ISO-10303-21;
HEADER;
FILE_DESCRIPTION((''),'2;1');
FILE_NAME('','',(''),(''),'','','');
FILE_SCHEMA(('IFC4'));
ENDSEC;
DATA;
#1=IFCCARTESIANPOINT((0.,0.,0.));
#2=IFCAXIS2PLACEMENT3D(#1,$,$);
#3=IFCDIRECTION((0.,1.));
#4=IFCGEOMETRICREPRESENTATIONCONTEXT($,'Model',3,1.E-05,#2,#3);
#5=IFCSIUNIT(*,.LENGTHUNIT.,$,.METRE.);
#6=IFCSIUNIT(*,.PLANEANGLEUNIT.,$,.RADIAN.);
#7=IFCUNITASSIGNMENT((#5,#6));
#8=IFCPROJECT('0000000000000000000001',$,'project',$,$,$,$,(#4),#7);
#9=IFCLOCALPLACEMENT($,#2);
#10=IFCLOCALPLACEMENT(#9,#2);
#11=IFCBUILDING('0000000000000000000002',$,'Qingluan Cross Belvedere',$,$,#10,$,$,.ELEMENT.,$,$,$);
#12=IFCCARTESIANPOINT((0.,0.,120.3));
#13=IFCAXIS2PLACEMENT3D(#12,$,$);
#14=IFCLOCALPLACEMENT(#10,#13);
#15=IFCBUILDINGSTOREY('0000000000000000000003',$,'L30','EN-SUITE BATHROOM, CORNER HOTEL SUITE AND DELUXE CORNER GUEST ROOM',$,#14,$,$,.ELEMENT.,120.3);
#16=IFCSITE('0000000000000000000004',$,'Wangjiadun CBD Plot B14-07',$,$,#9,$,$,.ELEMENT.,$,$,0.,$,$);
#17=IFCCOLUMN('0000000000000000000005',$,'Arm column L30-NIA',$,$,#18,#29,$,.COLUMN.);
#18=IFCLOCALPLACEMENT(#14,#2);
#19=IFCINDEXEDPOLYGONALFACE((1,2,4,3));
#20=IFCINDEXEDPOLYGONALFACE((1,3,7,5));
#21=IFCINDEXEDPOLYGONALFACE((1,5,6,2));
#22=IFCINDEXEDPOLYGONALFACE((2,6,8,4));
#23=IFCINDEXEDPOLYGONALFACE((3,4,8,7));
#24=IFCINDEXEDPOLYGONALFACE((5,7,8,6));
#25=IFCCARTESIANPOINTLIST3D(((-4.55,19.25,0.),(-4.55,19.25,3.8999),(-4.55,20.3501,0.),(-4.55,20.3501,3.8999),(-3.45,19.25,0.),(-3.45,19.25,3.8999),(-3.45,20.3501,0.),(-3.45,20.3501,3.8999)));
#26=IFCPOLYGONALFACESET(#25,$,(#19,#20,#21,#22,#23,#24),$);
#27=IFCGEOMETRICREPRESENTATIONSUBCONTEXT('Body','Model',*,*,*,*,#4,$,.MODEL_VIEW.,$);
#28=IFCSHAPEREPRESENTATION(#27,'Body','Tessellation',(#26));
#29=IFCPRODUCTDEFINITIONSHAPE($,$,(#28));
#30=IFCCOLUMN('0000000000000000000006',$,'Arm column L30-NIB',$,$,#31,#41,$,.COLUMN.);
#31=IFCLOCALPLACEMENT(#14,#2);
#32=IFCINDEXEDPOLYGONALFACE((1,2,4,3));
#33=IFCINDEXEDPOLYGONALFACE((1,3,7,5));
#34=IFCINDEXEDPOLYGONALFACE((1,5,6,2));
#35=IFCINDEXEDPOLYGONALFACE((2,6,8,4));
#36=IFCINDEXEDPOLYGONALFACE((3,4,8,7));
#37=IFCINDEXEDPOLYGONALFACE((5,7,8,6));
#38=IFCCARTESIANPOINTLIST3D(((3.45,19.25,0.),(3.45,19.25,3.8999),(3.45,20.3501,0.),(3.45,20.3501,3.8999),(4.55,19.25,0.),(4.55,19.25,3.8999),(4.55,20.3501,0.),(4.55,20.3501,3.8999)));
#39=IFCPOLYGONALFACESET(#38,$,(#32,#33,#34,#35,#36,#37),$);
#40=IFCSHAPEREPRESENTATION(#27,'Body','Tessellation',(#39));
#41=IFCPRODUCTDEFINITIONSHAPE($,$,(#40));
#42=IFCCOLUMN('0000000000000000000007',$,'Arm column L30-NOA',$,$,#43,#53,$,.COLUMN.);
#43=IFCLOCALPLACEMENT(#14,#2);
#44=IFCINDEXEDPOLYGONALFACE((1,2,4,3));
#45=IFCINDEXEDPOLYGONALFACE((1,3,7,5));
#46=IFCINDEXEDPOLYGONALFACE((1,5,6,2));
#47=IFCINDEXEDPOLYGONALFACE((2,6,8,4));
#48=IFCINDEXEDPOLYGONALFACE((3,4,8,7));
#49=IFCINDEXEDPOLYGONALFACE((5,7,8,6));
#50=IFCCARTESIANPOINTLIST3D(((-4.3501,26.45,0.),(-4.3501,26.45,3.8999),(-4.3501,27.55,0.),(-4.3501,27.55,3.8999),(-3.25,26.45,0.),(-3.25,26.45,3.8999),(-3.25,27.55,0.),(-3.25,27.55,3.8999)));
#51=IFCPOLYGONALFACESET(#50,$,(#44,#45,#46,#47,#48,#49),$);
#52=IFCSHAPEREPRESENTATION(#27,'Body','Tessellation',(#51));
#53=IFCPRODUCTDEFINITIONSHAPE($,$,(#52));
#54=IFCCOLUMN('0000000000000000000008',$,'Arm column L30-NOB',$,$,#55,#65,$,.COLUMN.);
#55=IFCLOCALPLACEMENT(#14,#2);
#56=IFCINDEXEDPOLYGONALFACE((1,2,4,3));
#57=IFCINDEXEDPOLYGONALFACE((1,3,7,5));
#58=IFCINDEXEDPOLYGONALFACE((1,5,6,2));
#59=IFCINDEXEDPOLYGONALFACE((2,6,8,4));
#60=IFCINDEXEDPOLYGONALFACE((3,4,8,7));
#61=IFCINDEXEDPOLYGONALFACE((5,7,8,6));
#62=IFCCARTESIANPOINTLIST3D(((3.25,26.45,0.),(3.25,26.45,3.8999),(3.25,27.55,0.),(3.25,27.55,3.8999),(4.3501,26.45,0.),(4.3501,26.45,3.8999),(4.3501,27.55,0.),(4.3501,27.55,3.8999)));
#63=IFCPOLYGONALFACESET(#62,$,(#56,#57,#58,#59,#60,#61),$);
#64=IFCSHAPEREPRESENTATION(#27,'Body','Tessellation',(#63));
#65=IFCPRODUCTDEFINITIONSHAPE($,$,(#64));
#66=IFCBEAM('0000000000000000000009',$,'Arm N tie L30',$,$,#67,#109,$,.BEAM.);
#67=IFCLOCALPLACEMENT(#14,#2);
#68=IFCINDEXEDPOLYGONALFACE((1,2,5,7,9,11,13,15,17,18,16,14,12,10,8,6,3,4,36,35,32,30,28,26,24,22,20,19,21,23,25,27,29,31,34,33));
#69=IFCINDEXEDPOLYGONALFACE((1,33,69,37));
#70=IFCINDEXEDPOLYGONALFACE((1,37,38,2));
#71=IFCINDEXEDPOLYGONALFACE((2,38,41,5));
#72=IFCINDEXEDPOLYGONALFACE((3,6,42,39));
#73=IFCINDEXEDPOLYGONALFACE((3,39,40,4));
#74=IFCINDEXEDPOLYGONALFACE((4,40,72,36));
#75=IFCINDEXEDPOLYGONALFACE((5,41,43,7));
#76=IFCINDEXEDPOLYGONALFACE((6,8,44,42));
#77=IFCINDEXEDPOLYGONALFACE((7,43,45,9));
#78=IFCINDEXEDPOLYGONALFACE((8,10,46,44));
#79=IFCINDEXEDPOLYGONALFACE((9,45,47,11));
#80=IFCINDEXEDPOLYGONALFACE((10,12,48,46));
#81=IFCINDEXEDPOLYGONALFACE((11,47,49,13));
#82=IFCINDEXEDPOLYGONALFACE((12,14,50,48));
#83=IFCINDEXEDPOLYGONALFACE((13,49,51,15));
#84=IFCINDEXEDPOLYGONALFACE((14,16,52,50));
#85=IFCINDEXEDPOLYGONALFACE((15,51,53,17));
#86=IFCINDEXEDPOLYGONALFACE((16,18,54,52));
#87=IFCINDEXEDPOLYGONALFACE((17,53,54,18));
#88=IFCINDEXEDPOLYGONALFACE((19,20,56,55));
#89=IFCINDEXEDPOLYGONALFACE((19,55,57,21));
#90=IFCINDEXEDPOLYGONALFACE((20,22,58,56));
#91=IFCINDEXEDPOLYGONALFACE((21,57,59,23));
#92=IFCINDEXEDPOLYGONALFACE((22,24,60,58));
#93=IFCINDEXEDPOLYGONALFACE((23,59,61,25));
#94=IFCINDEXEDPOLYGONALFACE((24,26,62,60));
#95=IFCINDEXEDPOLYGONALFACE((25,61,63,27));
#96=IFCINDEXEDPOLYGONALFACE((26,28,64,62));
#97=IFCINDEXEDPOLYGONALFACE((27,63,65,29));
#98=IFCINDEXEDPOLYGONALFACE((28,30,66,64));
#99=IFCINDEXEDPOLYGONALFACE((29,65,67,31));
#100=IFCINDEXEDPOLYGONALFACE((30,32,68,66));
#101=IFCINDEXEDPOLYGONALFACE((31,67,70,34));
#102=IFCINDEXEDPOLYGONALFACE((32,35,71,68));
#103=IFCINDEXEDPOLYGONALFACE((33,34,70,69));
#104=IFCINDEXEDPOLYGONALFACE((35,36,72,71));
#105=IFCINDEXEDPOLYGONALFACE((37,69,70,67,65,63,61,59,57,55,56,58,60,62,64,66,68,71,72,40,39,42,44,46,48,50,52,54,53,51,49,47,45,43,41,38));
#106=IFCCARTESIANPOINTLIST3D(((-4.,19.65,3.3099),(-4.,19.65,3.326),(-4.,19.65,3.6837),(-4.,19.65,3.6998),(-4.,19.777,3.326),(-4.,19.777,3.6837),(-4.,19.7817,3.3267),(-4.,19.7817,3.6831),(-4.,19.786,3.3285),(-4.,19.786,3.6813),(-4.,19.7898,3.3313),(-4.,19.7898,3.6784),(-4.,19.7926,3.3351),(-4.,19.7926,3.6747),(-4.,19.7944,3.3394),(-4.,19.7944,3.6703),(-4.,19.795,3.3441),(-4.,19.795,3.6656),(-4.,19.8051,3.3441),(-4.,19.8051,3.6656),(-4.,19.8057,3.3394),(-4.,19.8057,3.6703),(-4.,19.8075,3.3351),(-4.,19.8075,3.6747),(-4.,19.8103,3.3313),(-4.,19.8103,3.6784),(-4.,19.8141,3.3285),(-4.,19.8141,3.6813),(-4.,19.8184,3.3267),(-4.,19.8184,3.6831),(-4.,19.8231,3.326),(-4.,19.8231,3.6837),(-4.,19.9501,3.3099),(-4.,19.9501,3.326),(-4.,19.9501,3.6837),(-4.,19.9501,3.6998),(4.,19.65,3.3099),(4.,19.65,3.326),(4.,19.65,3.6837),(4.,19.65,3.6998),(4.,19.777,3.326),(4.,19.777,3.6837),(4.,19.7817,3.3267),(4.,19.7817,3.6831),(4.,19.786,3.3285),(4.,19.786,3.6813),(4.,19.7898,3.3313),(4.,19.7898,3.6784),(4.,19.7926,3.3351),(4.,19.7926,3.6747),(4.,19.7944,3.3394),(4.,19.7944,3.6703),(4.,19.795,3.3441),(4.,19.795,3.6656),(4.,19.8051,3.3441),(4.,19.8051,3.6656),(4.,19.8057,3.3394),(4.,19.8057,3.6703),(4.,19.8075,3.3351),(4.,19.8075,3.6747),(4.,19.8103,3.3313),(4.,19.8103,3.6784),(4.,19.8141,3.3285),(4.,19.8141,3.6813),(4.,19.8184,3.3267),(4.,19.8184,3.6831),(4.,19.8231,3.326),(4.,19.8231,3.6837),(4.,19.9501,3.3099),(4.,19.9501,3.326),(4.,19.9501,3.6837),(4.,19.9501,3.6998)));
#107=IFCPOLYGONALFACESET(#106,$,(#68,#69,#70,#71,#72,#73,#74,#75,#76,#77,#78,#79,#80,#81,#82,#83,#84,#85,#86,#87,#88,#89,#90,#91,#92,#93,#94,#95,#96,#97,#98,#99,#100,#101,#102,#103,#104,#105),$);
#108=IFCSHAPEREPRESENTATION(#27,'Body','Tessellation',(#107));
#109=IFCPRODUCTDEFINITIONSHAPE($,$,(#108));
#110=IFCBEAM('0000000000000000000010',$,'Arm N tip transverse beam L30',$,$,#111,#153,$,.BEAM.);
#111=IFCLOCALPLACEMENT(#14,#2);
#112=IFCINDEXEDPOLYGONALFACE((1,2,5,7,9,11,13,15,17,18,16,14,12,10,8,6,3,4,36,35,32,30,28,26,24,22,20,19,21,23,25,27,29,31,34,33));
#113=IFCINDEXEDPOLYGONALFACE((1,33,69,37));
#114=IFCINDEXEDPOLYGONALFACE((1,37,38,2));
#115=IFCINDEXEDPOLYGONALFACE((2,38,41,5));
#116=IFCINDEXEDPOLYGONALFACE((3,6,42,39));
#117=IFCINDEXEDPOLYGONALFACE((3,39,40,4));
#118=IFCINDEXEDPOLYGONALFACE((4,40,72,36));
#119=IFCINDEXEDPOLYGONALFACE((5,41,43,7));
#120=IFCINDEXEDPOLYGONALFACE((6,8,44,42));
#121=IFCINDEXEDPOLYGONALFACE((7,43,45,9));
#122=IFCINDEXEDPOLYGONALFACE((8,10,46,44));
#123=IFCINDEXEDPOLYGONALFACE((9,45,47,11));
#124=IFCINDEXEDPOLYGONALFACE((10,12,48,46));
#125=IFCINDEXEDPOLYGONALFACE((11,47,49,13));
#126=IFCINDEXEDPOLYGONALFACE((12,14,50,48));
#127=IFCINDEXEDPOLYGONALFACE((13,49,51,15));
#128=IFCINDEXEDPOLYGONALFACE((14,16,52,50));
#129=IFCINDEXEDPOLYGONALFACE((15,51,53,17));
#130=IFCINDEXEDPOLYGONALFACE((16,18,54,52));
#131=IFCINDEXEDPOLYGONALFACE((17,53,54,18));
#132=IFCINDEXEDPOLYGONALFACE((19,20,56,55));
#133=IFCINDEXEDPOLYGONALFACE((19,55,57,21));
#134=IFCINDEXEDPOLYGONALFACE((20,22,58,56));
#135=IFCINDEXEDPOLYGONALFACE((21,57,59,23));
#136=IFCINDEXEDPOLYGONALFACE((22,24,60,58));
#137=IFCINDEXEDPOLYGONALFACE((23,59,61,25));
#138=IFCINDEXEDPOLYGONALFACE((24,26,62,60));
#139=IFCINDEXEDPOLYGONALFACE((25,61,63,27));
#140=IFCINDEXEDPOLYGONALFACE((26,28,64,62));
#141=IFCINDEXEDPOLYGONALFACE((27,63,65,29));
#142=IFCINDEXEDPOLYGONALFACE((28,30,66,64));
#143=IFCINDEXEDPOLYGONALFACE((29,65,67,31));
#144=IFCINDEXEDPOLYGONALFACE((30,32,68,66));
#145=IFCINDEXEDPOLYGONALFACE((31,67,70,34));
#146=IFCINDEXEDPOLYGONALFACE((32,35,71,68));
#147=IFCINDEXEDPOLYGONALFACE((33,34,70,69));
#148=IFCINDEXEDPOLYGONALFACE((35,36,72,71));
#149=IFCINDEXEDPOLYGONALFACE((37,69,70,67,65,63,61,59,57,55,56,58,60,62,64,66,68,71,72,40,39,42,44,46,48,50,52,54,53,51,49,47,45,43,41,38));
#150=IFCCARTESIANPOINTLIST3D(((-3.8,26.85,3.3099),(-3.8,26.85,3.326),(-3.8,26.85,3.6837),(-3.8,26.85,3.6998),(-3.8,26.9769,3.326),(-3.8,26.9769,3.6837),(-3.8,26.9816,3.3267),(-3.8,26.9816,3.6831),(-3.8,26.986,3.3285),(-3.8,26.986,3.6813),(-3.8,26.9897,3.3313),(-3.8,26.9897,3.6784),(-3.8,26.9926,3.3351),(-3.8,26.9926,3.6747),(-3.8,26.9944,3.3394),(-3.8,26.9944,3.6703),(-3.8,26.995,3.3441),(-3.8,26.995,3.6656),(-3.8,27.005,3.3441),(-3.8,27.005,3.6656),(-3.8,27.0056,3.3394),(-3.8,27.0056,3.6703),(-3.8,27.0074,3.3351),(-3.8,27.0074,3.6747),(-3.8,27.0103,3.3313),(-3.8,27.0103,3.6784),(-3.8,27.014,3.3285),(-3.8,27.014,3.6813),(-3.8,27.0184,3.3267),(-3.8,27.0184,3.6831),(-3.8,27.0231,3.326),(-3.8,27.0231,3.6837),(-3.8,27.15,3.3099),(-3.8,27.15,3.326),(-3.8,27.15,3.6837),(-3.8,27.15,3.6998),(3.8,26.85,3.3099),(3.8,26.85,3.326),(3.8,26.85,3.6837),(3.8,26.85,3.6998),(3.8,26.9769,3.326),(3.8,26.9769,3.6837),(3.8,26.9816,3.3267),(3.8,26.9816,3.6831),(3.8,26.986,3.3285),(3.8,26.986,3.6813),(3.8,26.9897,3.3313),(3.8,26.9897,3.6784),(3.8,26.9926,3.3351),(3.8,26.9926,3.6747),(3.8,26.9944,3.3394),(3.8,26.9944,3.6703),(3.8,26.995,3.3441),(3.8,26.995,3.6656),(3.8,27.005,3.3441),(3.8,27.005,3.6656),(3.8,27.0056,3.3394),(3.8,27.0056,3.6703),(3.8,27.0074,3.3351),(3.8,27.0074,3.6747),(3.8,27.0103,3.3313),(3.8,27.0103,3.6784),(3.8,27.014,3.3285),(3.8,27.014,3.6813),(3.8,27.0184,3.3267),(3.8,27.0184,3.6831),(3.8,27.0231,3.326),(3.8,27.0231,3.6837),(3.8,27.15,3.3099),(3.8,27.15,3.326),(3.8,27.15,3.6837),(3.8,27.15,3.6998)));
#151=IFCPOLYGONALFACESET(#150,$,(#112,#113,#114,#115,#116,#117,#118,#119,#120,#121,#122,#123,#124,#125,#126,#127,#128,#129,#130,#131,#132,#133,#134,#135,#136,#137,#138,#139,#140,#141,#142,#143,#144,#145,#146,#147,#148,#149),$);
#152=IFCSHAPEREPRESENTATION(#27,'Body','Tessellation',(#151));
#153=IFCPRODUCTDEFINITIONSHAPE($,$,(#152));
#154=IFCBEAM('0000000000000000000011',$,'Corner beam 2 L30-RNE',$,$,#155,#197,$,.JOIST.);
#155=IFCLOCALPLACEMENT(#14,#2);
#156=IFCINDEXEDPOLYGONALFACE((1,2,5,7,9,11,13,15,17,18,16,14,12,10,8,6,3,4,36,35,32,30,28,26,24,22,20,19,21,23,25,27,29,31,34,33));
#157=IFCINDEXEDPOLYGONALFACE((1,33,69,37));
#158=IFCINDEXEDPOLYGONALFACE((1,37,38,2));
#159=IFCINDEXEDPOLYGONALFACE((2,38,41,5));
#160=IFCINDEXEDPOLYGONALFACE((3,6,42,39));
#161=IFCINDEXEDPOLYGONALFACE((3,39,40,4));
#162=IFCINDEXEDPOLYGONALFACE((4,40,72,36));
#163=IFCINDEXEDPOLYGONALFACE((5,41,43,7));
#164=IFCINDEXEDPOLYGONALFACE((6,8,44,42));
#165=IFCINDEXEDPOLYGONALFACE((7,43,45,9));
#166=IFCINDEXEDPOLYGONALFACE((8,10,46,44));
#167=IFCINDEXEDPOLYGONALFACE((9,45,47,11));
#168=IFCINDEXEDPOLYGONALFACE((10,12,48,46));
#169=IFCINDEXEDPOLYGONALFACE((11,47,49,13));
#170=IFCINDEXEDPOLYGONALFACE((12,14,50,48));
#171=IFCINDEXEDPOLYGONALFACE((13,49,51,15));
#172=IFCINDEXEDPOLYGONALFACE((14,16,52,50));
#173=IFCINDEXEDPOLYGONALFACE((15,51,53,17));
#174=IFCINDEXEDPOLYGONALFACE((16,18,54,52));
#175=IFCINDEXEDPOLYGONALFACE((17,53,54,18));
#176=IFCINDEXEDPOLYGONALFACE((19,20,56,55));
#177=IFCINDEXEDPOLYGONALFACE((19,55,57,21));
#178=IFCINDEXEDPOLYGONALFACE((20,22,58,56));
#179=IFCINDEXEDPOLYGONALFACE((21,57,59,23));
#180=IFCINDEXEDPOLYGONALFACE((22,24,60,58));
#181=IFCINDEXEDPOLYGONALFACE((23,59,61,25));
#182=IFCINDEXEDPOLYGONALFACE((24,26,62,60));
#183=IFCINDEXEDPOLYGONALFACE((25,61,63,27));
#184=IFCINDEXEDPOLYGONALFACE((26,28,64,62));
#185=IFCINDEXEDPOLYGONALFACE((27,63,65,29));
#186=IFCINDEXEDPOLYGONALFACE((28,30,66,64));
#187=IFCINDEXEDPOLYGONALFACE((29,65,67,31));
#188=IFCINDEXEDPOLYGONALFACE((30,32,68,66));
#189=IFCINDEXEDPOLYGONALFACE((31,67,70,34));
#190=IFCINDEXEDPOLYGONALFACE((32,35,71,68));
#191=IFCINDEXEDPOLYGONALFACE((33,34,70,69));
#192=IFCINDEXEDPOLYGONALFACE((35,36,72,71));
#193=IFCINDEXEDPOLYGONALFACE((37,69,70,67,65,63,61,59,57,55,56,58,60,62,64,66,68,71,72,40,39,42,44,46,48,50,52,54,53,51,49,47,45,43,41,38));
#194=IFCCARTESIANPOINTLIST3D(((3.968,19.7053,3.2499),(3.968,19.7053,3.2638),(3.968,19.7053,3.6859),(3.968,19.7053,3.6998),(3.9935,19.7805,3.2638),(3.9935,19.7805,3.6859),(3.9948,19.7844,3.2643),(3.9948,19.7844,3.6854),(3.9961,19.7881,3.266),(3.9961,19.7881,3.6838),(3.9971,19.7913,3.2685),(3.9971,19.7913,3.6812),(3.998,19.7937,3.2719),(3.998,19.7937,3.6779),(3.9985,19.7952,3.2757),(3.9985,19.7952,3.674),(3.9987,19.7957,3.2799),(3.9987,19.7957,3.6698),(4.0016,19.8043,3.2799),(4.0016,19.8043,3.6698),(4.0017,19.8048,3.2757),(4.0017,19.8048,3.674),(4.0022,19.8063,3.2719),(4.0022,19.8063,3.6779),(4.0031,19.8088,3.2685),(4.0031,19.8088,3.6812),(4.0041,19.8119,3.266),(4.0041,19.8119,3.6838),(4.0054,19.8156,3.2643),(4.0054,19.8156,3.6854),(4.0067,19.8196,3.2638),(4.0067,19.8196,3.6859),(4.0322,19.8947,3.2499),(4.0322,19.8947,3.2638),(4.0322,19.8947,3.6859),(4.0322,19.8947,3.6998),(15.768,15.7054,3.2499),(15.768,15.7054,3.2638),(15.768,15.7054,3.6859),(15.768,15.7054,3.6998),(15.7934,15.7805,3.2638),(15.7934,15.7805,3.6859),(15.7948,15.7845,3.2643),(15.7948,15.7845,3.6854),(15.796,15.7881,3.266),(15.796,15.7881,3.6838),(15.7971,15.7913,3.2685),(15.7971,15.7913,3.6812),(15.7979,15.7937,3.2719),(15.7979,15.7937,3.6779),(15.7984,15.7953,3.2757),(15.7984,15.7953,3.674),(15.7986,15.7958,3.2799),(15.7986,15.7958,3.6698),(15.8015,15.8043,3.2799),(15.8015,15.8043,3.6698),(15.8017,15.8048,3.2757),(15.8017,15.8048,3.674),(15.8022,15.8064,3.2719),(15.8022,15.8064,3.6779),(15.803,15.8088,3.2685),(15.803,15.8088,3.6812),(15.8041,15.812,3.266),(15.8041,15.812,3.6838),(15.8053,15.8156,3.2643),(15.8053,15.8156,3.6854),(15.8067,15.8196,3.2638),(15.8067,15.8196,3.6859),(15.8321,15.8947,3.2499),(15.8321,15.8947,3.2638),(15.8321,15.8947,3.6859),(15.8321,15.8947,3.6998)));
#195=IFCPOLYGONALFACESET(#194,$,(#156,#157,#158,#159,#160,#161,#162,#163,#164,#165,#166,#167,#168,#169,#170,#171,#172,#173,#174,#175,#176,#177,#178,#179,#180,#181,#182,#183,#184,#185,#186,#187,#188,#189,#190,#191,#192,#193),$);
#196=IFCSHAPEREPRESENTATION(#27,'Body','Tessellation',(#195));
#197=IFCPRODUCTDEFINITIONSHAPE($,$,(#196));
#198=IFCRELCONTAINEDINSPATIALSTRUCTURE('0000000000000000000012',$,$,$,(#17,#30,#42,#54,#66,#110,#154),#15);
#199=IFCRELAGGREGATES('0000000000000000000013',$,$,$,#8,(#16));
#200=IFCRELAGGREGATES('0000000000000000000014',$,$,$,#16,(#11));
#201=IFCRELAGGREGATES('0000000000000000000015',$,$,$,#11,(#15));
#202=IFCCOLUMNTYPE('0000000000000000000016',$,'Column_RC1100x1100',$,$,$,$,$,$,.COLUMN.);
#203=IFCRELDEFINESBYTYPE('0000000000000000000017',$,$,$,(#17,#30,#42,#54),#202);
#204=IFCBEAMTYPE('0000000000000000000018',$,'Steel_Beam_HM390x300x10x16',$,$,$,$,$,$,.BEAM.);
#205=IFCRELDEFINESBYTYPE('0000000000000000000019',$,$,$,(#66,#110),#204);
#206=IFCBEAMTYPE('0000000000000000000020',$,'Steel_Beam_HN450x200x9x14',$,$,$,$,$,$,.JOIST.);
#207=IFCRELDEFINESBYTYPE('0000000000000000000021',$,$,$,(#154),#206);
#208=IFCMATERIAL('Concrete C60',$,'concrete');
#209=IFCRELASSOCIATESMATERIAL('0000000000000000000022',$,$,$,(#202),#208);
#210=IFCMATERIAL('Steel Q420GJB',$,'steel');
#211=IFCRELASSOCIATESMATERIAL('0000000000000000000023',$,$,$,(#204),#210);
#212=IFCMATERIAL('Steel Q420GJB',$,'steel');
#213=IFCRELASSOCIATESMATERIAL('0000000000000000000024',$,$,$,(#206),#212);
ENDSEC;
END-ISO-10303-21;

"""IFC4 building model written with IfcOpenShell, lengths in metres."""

from ifc_helpers import new_model, si_unit, direction, frame, origin, origin_2d, place, context, subcontext, project, spatial, rectangle, i_section, extrude, material, material_profile, profile_set, type_object, element, save


model = new_model("IFC4")

# Units and contexts
model_context = context("Model", 3, precision=1e-05, world=origin(), true_north=direction((0.0, 1.0)))
body_context = subcontext(model_context, "Body", "Model", "MODEL_VIEW")
ifc_project = project(units=[si_unit("LENGTHUNIT", "METRE"), si_unit("PLANEANGLEUNIT", "RADIAN")], contexts=[model_context])

# Site, building, storey
site_placement = place(None, origin())
site = spatial("IfcSite", under=ifc_project, at=site_placement, Name="Wangjiadun CBD Plot B14-07", CompositionType="ELEMENT", RefElevation=0.0)
building_placement = place(site_placement, origin())
building = spatial("IfcBuilding", under=site, at=building_placement, Name="Qingluan Cross Belvedere", CompositionType="ELEMENT")
storey_placement = place(building_placement, frame((0.0, 0.0, 120.3)))
storey = spatial("IfcBuildingStorey", under=building, at=storey_placement, Name="L30", Description="EN-SUITE BATHROOM, CORNER HOTEL SUITE AND DELUXE CORNER GUEST ROOM", CompositionType="ELEMENT", Elevation=120.3)

# Columns
ifc_material_1 = material(Name="Concrete C60", Category="concrete")
ifc_material_profile_1 = material_profile(ifc_material_1, rectangle(XDim=1.1001, YDim=1.1001, at=origin_2d()), Name="RC1100x1100")
ifc_profile_set_1 = profile_set([ifc_material_profile_1], Name="Concrete C60")
column_type = type_object("IfcColumnType", Name="Column_RC1100x1100", PredefinedType="COLUMN", material=ifc_profile_set_1)
for number, where, z_axis, x_axis, name in (
    (1, (-4.0, 19.8, 0.0), (0.0, 0.0, 1.0), (1.0, 0.0, 0.0), "Arm column L30-NIA"),
    (2, (4.0, 19.8, 0.0), (0.0, 0.0, 1.0), (1.0, 0.0, 0.0), "Arm column L30-NIB"),
    (3, (-3.8, 27.0, 0.0), (0.0, 0.0, 1.0), (1.0, 0.0, 0.0), "Arm column L30-NOA"),
    (4, (3.8, 27.0, 0.0), (0.0, 0.0, 1.0), (1.0, 0.0, 0.0), "Arm column L30-NOB"),
):
    element("IfcColumn", number, at=place(storey_placement, frame(where, z_axis=z_axis, x_axis=x_axis)), inside=storey, type_object=column_type, Name=name, PredefinedType="COLUMN", context=body_context, shape_type="SweptSolid", body=[
        extrude(rectangle(XDim=1.1001, YDim=1.1001, at=origin_2d()), origin(), (0.0, 0.0, 1.0), 3.8999),
    ])

# Beams
ifc_material_2 = material(Name="Steel Q420GJB", Category="steel")
ifc_material_profile_2 = material_profile(ifc_material_2, i_section(OverallWidth=0.3, OverallDepth=0.3899, WebThickness=0.01, FlangeThickness=0.0161, FilletRadius=0.0181, at=origin_2d()), Name="HM390x300x10x16")
ifc_profile_set_2 = profile_set([ifc_material_profile_2], Name="Steel Q420GJB")
beam_type_1 = type_object("IfcBeamType", Name="Steel_Beam_HM390x300x10x16", PredefinedType="BEAM", material=ifc_profile_set_2)
beam_1_placement = place(storey_placement, frame((-4.0, 19.8, 3.5049), z_axis=(1.0, 0.0, 0.0), x_axis=(0.0, 1.0, 0.0)))
element("IfcBeam", 5, at=beam_1_placement, inside=storey, type_object=beam_type_1, Name="Arm N tie L30", PredefinedType="BEAM", context=body_context, shape_type="SweptSolid", body=[
    extrude(i_section(OverallWidth=0.3, OverallDepth=0.3899, WebThickness=0.01, FlangeThickness=0.0161, FilletRadius=0.0181, at=origin_2d()), origin(), (0.0, 0.0, 1.0), 8.0),
])
beam_2_placement = place(storey_placement, frame((-3.8, 27.0, 3.5049), z_axis=(1.0, 0.0, 0.0), x_axis=(0.0, 1.0, 0.0)))
element("IfcBeam", 6, at=beam_2_placement, inside=storey, type_object=beam_type_1, Name="Arm N tip transverse beam L30", PredefinedType="BEAM", context=body_context, shape_type="SweptSolid", body=[
    extrude(i_section(OverallWidth=0.3, OverallDepth=0.3899, WebThickness=0.01, FlangeThickness=0.0161, FilletRadius=0.0181, at=origin_2d()), origin(), (0.0, 0.0, 1.0), 7.6001),
])
ifc_material_3 = material(Name="Steel Q420GJB", Category="steel")
ifc_material_profile_3 = material_profile(ifc_material_3, i_section(OverallWidth=0.2, OverallDepth=0.45, WebThickness=0.009, FlangeThickness=0.0139, FilletRadius=0.0161, at=origin_2d()), Name="HN450x200x9x14")
ifc_profile_set_3 = profile_set([ifc_material_profile_3], Name="Steel Q420GJB")
beam_type_2 = type_object("IfcBeamType", Name="Steel_Beam_HN450x200x9x14", PredefinedType="JOIST", material=ifc_profile_set_3)
for number, where, z_axis, x_axis, name in (
    (7, (15.8, 15.8, 3.4749), (-0.947066, 0.321038, 0.0), (-0.321038, -0.947066, 0.0), "Corner beam 2 L30-RNE"),
):
    element("IfcBeam", number, at=place(storey_placement, frame(where, z_axis=z_axis, x_axis=x_axis)), inside=storey, type_object=beam_type_2, Name=name, PredefinedType="JOIST", context=body_context, shape_type="SweptSolid", body=[
        extrude(i_section(OverallWidth=0.2, OverallDepth=0.45, WebThickness=0.009, FlangeThickness=0.0139, FilletRadius=0.0161, at=origin_2d()), origin(), (0.0, 0.0, 1.0), 12.4595),
    ])

save(model, "model.ifc")
